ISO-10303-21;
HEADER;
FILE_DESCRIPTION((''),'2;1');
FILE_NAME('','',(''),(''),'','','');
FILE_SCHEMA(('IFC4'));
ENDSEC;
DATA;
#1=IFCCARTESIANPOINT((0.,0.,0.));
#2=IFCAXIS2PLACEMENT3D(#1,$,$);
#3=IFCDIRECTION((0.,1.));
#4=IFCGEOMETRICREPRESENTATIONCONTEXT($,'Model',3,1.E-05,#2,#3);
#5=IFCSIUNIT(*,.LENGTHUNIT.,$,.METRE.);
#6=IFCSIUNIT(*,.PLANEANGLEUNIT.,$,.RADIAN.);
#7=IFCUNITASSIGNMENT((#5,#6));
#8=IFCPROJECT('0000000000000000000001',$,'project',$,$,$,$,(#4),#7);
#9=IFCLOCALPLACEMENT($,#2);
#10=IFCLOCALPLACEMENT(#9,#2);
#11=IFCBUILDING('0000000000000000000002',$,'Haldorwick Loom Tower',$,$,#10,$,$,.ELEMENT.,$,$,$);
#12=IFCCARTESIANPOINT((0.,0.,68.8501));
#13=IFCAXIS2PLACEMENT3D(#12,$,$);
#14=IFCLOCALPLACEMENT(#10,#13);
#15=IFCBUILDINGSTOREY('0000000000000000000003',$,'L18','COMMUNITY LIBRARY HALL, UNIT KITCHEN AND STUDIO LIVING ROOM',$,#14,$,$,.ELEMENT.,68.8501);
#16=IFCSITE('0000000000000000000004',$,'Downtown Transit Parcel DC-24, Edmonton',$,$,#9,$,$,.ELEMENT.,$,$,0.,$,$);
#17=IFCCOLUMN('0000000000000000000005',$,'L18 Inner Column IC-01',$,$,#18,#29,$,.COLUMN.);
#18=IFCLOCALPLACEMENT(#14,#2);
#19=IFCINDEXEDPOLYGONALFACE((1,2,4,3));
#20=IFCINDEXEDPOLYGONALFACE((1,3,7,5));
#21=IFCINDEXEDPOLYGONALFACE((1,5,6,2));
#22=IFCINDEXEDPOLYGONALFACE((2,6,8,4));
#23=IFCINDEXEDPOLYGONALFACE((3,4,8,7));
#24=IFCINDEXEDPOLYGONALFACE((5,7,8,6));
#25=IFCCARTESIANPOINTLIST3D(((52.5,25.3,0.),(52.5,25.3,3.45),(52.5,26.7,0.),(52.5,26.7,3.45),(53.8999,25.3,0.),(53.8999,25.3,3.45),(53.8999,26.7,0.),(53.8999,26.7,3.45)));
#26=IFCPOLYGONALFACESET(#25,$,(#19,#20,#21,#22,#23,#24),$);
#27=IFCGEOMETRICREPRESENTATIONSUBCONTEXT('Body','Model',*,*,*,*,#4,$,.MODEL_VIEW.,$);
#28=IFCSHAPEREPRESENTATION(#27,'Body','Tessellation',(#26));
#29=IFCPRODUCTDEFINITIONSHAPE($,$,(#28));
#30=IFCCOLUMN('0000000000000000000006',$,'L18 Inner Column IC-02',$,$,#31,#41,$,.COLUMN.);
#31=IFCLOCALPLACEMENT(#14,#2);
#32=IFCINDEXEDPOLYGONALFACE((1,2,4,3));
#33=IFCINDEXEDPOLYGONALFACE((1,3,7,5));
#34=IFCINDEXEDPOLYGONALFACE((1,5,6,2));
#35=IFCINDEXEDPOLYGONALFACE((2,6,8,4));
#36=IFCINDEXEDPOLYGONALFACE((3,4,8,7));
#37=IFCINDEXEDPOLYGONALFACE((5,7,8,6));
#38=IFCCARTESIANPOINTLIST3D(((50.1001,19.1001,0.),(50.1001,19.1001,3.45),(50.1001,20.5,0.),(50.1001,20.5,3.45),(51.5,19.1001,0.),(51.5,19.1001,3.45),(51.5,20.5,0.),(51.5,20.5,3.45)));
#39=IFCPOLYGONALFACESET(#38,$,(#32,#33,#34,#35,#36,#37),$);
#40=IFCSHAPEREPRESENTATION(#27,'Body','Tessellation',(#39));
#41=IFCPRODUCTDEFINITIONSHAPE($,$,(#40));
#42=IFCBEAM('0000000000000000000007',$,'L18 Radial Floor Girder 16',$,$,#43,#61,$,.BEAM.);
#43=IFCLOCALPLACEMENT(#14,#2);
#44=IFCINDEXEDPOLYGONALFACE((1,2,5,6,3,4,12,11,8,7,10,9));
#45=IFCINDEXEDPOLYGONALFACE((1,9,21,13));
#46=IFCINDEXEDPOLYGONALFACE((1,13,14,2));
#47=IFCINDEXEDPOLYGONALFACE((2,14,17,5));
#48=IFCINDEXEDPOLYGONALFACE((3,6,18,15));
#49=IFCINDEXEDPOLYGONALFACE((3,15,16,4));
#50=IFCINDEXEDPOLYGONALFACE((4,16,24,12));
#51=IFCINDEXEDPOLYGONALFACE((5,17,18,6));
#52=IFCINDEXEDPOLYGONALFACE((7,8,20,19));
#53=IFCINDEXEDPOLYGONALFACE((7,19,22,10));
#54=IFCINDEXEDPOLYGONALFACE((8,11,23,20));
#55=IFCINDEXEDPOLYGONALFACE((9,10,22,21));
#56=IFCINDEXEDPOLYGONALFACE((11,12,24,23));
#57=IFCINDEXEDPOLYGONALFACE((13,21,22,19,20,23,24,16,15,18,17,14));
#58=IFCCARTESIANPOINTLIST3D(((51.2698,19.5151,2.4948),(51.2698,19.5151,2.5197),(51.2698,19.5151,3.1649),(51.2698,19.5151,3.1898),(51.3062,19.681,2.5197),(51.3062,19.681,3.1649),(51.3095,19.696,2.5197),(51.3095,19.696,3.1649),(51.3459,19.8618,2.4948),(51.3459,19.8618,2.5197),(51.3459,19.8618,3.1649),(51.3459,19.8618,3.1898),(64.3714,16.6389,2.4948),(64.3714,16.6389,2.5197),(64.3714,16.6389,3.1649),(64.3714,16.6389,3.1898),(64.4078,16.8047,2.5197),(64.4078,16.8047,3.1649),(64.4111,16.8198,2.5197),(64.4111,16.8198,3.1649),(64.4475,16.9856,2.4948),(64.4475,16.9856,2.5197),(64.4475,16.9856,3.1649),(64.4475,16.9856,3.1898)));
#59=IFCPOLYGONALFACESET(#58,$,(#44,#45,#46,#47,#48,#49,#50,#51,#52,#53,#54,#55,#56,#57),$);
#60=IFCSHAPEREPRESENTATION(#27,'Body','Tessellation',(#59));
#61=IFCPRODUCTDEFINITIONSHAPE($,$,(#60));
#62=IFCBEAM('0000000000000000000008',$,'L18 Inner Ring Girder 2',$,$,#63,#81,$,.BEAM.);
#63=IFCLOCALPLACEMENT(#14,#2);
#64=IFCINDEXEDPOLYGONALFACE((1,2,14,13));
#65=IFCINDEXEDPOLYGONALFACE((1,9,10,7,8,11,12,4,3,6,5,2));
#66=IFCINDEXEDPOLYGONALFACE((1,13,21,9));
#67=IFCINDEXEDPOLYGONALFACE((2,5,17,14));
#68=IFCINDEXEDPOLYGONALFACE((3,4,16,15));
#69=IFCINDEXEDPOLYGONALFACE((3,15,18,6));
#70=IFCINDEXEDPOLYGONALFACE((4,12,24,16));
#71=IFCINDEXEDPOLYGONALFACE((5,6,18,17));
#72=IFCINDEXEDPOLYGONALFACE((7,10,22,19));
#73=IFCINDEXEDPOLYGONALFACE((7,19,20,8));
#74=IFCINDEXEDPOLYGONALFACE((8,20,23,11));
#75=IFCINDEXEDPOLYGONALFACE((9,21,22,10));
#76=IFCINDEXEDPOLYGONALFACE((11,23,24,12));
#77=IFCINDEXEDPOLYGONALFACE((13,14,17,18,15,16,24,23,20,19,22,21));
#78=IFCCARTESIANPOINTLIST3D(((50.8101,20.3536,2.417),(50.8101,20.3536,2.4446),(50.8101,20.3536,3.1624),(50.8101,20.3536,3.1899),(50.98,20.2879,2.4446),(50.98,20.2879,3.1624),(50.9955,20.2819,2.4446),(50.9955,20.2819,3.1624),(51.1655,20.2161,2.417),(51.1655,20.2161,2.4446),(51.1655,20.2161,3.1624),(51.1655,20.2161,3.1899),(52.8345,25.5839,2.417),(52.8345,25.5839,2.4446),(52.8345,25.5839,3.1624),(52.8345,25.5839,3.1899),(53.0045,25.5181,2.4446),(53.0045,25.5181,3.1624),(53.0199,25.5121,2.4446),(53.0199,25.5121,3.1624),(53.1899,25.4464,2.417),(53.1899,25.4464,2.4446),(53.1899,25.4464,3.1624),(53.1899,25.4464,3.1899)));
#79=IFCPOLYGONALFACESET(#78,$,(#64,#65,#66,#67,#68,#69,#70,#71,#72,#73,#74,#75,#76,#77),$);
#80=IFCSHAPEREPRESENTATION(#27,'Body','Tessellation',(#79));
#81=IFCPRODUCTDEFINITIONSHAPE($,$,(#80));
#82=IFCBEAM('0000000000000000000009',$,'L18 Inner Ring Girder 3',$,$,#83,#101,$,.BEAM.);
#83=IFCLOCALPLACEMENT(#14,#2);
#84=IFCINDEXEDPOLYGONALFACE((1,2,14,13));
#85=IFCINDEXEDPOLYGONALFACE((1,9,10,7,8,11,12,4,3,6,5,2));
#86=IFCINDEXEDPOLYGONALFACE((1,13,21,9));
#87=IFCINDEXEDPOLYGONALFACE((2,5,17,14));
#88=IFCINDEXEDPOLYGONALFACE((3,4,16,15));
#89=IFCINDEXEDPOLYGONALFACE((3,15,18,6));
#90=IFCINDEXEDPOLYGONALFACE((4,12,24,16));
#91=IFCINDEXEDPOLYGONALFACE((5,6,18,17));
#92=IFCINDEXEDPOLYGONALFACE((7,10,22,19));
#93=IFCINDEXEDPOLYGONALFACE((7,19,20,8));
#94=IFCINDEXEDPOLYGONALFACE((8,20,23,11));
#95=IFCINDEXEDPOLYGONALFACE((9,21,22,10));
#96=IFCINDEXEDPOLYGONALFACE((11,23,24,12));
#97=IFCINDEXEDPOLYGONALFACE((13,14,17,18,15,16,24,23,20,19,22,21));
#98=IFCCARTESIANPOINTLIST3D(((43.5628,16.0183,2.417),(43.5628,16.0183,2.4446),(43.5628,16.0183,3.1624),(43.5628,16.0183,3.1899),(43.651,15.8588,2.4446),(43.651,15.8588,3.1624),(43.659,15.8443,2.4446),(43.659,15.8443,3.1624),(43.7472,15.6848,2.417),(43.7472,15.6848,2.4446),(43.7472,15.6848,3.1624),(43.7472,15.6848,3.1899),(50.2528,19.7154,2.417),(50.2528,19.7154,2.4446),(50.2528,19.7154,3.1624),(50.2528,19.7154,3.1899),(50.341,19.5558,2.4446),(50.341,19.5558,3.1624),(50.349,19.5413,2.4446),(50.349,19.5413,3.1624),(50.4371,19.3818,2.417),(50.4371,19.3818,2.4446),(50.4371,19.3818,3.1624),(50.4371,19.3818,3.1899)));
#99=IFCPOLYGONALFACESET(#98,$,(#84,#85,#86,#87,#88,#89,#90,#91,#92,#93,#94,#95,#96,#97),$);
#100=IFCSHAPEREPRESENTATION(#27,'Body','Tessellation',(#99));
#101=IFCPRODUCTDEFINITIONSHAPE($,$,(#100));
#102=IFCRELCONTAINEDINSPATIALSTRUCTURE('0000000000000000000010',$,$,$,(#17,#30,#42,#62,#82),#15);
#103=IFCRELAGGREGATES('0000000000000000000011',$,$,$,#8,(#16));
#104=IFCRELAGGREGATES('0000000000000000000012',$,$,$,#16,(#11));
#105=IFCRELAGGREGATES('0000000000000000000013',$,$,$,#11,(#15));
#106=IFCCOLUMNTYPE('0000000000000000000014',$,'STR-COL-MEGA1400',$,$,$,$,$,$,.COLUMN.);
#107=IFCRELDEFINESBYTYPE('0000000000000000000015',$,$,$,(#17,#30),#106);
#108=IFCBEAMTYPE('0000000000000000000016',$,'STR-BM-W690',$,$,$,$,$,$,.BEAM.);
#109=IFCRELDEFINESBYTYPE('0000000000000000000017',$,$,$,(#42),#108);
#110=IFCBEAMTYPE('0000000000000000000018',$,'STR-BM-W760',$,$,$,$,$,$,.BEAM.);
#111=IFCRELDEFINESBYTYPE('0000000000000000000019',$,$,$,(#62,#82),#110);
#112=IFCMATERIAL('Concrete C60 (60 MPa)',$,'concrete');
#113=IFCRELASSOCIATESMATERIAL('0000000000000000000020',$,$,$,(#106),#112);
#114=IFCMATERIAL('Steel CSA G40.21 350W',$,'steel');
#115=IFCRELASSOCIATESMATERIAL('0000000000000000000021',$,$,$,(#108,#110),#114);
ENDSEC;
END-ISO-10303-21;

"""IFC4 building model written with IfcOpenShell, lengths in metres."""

from ifc_helpers import new_model, si_unit, direction, frame, origin, origin_2d, place, context, subcontext, project, spatial, rectangle, i_section, extrude, material, material_profile, profile_set, type_object, element, save


model = new_model("IFC4")

# Units and contexts
model_context = context("Model", 3, precision=1e-05, world=origin(), true_north=direction((0.0, 1.0)))
body_context = subcontext(model_context, "Body", "Model", "MODEL_VIEW")
ifc_project = project(units=[si_unit("LENGTHUNIT", "METRE"), si_unit("PLANEANGLEUNIT", "RADIAN")], contexts=[model_context])

# Site, building, storey
site_placement = place(None, origin())
site = spatial("IfcSite", under=ifc_project, at=site_placement, Name="Downtown Transit Parcel DC-24, Edmonton", CompositionType="ELEMENT", RefElevation=0.0)
building_placement = place(site_placement, origin())
building = spatial("IfcBuilding", under=site, at=building_placement, Name="Haldorwick Loom Tower", CompositionType="ELEMENT")
storey_placement = place(building_placement, frame((0.0, 0.0, 68.8501)))
storey = spatial("IfcBuildingStorey", under=building, at=storey_placement, Name="L18", Description="COMMUNITY LIBRARY HALL, UNIT KITCHEN AND STUDIO LIVING ROOM", CompositionType="ELEMENT", Elevation=68.8501)

# Columns
ifc_material_1 = material(Name="Concrete C60 (60 MPa)", Category="concrete")
ifc_material_profile_1 = material_profile(ifc_material_1, rectangle(XDim=1.3999, YDim=1.3999, at=origin_2d()), Name="RC1400X1400", Category="concrete")
ifc_profile_set_1 = profile_set([ifc_material_profile_1], Name="Concrete C60 (60 MPa)")
column_type = type_object("IfcColumnType", Name="STR-COL-MEGA1400", PredefinedType="COLUMN", material=ifc_profile_set_1)
for number, where, z_axis, x_axis, name in (
    (1, (53.2, 26.0, 0.0), (0.0, 0.0, 1.0), (1.0, 0.0, 0.0), "L18 Inner Column IC-01"),
    (2, (50.8, 19.8, 0.0), (0.0, 0.0, 1.0), (1.0, 0.0, 0.0), "L18 Inner Column IC-02"),
):
    element("IfcColumn", number, at=place(storey_placement, frame(where, z_axis=z_axis, x_axis=x_axis)), inside=storey, type_object=column_type, Name=name, PredefinedType="COLUMN", context=body_context, shape_type="SweptSolid", body=[
        extrude(rectangle(XDim=1.3999, YDim=1.3999, at=origin_2d()), origin(), (0.0, 0.0, 1.0), 3.45),
    ])

# Beams
ifc_material_2 = material(Name="Steel CSA G40.21 350W", Category="steel")
ifc_material_profile_2 = material_profile(ifc_material_2, i_section(OverallWidth=0.355, OverallDepth=0.6951, WebThickness=0.0154, FlangeThickness=0.0249, at=origin_2d()), Name="W690X217", Category="steel")
ifc_profile_set_2 = profile_set([ifc_material_profile_2], Name="Steel CSA G40.21 350W")
beam_type_1 = type_object("IfcBeamType", Name="STR-BM-W690", PredefinedType="BEAM", material=ifc_profile_set_2)
beam_1_placement = place(storey_placement, frame((51.3079, 19.6885, 2.8423), z_axis=(0.97674, -0.214426, 0.0), x_axis=(0.214426, 0.97674, 0.0)))
element("IfcBeam", 3, at=beam_1_placement, inside=storey, type_object=beam_type_1, Name="L18 Radial Floor Girder 16", PredefinedType="BEAM", context=body_context, shape_type="SweptSolid", body=[
    extrude(i_section(OverallWidth=0.355, OverallDepth=0.6951, WebThickness=0.0154, FlangeThickness=0.0249, at=origin_2d()), origin(), (0.0, 0.0, 1.0), 13.4136),
])
ifc_material_profile_3 = material_profile(ifc_material_2, i_section(OverallWidth=0.3811, OverallDepth=0.7729, WebThickness=0.0166, FlangeThickness=0.0276, at=origin_2d()), Name="W760X257", Category="steel")
ifc_profile_set_3 = profile_set([ifc_material_profile_3], Name="Steel CSA G40.21 350W")
beam_type_2 = type_object("IfcBeamType", Name="STR-BM-W760", PredefinedType="BEAM", material=ifc_profile_set_3)
beam_2_placement = place(storey_placement, frame((53.0122, 25.5151, 2.8035), z_axis=(-0.360965, -0.932579, 0.0), x_axis=(0.932579, -0.360965, 0.0)))
element("IfcBeam", 4, at=beam_2_placement, inside=storey, type_object=beam_type_2, Name="L18 Inner Ring Girder 2", PredefinedType="BEAM", context=body_context, shape_type="SweptSolid", body=[
    extrude(i_section(OverallWidth=0.3811, OverallDepth=0.7729, WebThickness=0.0166, FlangeThickness=0.0276, at=origin_2d()), origin(), (0.0, 0.0, 1.0), 5.6084),
])
beam_3_placement = place(storey_placement, frame((50.345, 19.5486, 2.8035), z_axis=(-0.875244, -0.483681, 0.0), x_axis=(0.483681, -0.875244, 0.0)))
element("IfcBeam", 5, at=beam_3_placement, inside=storey, type_object=beam_type_2, Name="L18 Inner Ring Girder 3", PredefinedType="BEAM", context=body_context, shape_type="SweptSolid", body=[
    extrude(i_section(OverallWidth=0.3811, OverallDepth=0.7729, WebThickness=0.0166, FlangeThickness=0.0276, at=origin_2d()), origin(), (0.0, 0.0, 1.0), 7.6436),
])

save(model, "model.ifc")
